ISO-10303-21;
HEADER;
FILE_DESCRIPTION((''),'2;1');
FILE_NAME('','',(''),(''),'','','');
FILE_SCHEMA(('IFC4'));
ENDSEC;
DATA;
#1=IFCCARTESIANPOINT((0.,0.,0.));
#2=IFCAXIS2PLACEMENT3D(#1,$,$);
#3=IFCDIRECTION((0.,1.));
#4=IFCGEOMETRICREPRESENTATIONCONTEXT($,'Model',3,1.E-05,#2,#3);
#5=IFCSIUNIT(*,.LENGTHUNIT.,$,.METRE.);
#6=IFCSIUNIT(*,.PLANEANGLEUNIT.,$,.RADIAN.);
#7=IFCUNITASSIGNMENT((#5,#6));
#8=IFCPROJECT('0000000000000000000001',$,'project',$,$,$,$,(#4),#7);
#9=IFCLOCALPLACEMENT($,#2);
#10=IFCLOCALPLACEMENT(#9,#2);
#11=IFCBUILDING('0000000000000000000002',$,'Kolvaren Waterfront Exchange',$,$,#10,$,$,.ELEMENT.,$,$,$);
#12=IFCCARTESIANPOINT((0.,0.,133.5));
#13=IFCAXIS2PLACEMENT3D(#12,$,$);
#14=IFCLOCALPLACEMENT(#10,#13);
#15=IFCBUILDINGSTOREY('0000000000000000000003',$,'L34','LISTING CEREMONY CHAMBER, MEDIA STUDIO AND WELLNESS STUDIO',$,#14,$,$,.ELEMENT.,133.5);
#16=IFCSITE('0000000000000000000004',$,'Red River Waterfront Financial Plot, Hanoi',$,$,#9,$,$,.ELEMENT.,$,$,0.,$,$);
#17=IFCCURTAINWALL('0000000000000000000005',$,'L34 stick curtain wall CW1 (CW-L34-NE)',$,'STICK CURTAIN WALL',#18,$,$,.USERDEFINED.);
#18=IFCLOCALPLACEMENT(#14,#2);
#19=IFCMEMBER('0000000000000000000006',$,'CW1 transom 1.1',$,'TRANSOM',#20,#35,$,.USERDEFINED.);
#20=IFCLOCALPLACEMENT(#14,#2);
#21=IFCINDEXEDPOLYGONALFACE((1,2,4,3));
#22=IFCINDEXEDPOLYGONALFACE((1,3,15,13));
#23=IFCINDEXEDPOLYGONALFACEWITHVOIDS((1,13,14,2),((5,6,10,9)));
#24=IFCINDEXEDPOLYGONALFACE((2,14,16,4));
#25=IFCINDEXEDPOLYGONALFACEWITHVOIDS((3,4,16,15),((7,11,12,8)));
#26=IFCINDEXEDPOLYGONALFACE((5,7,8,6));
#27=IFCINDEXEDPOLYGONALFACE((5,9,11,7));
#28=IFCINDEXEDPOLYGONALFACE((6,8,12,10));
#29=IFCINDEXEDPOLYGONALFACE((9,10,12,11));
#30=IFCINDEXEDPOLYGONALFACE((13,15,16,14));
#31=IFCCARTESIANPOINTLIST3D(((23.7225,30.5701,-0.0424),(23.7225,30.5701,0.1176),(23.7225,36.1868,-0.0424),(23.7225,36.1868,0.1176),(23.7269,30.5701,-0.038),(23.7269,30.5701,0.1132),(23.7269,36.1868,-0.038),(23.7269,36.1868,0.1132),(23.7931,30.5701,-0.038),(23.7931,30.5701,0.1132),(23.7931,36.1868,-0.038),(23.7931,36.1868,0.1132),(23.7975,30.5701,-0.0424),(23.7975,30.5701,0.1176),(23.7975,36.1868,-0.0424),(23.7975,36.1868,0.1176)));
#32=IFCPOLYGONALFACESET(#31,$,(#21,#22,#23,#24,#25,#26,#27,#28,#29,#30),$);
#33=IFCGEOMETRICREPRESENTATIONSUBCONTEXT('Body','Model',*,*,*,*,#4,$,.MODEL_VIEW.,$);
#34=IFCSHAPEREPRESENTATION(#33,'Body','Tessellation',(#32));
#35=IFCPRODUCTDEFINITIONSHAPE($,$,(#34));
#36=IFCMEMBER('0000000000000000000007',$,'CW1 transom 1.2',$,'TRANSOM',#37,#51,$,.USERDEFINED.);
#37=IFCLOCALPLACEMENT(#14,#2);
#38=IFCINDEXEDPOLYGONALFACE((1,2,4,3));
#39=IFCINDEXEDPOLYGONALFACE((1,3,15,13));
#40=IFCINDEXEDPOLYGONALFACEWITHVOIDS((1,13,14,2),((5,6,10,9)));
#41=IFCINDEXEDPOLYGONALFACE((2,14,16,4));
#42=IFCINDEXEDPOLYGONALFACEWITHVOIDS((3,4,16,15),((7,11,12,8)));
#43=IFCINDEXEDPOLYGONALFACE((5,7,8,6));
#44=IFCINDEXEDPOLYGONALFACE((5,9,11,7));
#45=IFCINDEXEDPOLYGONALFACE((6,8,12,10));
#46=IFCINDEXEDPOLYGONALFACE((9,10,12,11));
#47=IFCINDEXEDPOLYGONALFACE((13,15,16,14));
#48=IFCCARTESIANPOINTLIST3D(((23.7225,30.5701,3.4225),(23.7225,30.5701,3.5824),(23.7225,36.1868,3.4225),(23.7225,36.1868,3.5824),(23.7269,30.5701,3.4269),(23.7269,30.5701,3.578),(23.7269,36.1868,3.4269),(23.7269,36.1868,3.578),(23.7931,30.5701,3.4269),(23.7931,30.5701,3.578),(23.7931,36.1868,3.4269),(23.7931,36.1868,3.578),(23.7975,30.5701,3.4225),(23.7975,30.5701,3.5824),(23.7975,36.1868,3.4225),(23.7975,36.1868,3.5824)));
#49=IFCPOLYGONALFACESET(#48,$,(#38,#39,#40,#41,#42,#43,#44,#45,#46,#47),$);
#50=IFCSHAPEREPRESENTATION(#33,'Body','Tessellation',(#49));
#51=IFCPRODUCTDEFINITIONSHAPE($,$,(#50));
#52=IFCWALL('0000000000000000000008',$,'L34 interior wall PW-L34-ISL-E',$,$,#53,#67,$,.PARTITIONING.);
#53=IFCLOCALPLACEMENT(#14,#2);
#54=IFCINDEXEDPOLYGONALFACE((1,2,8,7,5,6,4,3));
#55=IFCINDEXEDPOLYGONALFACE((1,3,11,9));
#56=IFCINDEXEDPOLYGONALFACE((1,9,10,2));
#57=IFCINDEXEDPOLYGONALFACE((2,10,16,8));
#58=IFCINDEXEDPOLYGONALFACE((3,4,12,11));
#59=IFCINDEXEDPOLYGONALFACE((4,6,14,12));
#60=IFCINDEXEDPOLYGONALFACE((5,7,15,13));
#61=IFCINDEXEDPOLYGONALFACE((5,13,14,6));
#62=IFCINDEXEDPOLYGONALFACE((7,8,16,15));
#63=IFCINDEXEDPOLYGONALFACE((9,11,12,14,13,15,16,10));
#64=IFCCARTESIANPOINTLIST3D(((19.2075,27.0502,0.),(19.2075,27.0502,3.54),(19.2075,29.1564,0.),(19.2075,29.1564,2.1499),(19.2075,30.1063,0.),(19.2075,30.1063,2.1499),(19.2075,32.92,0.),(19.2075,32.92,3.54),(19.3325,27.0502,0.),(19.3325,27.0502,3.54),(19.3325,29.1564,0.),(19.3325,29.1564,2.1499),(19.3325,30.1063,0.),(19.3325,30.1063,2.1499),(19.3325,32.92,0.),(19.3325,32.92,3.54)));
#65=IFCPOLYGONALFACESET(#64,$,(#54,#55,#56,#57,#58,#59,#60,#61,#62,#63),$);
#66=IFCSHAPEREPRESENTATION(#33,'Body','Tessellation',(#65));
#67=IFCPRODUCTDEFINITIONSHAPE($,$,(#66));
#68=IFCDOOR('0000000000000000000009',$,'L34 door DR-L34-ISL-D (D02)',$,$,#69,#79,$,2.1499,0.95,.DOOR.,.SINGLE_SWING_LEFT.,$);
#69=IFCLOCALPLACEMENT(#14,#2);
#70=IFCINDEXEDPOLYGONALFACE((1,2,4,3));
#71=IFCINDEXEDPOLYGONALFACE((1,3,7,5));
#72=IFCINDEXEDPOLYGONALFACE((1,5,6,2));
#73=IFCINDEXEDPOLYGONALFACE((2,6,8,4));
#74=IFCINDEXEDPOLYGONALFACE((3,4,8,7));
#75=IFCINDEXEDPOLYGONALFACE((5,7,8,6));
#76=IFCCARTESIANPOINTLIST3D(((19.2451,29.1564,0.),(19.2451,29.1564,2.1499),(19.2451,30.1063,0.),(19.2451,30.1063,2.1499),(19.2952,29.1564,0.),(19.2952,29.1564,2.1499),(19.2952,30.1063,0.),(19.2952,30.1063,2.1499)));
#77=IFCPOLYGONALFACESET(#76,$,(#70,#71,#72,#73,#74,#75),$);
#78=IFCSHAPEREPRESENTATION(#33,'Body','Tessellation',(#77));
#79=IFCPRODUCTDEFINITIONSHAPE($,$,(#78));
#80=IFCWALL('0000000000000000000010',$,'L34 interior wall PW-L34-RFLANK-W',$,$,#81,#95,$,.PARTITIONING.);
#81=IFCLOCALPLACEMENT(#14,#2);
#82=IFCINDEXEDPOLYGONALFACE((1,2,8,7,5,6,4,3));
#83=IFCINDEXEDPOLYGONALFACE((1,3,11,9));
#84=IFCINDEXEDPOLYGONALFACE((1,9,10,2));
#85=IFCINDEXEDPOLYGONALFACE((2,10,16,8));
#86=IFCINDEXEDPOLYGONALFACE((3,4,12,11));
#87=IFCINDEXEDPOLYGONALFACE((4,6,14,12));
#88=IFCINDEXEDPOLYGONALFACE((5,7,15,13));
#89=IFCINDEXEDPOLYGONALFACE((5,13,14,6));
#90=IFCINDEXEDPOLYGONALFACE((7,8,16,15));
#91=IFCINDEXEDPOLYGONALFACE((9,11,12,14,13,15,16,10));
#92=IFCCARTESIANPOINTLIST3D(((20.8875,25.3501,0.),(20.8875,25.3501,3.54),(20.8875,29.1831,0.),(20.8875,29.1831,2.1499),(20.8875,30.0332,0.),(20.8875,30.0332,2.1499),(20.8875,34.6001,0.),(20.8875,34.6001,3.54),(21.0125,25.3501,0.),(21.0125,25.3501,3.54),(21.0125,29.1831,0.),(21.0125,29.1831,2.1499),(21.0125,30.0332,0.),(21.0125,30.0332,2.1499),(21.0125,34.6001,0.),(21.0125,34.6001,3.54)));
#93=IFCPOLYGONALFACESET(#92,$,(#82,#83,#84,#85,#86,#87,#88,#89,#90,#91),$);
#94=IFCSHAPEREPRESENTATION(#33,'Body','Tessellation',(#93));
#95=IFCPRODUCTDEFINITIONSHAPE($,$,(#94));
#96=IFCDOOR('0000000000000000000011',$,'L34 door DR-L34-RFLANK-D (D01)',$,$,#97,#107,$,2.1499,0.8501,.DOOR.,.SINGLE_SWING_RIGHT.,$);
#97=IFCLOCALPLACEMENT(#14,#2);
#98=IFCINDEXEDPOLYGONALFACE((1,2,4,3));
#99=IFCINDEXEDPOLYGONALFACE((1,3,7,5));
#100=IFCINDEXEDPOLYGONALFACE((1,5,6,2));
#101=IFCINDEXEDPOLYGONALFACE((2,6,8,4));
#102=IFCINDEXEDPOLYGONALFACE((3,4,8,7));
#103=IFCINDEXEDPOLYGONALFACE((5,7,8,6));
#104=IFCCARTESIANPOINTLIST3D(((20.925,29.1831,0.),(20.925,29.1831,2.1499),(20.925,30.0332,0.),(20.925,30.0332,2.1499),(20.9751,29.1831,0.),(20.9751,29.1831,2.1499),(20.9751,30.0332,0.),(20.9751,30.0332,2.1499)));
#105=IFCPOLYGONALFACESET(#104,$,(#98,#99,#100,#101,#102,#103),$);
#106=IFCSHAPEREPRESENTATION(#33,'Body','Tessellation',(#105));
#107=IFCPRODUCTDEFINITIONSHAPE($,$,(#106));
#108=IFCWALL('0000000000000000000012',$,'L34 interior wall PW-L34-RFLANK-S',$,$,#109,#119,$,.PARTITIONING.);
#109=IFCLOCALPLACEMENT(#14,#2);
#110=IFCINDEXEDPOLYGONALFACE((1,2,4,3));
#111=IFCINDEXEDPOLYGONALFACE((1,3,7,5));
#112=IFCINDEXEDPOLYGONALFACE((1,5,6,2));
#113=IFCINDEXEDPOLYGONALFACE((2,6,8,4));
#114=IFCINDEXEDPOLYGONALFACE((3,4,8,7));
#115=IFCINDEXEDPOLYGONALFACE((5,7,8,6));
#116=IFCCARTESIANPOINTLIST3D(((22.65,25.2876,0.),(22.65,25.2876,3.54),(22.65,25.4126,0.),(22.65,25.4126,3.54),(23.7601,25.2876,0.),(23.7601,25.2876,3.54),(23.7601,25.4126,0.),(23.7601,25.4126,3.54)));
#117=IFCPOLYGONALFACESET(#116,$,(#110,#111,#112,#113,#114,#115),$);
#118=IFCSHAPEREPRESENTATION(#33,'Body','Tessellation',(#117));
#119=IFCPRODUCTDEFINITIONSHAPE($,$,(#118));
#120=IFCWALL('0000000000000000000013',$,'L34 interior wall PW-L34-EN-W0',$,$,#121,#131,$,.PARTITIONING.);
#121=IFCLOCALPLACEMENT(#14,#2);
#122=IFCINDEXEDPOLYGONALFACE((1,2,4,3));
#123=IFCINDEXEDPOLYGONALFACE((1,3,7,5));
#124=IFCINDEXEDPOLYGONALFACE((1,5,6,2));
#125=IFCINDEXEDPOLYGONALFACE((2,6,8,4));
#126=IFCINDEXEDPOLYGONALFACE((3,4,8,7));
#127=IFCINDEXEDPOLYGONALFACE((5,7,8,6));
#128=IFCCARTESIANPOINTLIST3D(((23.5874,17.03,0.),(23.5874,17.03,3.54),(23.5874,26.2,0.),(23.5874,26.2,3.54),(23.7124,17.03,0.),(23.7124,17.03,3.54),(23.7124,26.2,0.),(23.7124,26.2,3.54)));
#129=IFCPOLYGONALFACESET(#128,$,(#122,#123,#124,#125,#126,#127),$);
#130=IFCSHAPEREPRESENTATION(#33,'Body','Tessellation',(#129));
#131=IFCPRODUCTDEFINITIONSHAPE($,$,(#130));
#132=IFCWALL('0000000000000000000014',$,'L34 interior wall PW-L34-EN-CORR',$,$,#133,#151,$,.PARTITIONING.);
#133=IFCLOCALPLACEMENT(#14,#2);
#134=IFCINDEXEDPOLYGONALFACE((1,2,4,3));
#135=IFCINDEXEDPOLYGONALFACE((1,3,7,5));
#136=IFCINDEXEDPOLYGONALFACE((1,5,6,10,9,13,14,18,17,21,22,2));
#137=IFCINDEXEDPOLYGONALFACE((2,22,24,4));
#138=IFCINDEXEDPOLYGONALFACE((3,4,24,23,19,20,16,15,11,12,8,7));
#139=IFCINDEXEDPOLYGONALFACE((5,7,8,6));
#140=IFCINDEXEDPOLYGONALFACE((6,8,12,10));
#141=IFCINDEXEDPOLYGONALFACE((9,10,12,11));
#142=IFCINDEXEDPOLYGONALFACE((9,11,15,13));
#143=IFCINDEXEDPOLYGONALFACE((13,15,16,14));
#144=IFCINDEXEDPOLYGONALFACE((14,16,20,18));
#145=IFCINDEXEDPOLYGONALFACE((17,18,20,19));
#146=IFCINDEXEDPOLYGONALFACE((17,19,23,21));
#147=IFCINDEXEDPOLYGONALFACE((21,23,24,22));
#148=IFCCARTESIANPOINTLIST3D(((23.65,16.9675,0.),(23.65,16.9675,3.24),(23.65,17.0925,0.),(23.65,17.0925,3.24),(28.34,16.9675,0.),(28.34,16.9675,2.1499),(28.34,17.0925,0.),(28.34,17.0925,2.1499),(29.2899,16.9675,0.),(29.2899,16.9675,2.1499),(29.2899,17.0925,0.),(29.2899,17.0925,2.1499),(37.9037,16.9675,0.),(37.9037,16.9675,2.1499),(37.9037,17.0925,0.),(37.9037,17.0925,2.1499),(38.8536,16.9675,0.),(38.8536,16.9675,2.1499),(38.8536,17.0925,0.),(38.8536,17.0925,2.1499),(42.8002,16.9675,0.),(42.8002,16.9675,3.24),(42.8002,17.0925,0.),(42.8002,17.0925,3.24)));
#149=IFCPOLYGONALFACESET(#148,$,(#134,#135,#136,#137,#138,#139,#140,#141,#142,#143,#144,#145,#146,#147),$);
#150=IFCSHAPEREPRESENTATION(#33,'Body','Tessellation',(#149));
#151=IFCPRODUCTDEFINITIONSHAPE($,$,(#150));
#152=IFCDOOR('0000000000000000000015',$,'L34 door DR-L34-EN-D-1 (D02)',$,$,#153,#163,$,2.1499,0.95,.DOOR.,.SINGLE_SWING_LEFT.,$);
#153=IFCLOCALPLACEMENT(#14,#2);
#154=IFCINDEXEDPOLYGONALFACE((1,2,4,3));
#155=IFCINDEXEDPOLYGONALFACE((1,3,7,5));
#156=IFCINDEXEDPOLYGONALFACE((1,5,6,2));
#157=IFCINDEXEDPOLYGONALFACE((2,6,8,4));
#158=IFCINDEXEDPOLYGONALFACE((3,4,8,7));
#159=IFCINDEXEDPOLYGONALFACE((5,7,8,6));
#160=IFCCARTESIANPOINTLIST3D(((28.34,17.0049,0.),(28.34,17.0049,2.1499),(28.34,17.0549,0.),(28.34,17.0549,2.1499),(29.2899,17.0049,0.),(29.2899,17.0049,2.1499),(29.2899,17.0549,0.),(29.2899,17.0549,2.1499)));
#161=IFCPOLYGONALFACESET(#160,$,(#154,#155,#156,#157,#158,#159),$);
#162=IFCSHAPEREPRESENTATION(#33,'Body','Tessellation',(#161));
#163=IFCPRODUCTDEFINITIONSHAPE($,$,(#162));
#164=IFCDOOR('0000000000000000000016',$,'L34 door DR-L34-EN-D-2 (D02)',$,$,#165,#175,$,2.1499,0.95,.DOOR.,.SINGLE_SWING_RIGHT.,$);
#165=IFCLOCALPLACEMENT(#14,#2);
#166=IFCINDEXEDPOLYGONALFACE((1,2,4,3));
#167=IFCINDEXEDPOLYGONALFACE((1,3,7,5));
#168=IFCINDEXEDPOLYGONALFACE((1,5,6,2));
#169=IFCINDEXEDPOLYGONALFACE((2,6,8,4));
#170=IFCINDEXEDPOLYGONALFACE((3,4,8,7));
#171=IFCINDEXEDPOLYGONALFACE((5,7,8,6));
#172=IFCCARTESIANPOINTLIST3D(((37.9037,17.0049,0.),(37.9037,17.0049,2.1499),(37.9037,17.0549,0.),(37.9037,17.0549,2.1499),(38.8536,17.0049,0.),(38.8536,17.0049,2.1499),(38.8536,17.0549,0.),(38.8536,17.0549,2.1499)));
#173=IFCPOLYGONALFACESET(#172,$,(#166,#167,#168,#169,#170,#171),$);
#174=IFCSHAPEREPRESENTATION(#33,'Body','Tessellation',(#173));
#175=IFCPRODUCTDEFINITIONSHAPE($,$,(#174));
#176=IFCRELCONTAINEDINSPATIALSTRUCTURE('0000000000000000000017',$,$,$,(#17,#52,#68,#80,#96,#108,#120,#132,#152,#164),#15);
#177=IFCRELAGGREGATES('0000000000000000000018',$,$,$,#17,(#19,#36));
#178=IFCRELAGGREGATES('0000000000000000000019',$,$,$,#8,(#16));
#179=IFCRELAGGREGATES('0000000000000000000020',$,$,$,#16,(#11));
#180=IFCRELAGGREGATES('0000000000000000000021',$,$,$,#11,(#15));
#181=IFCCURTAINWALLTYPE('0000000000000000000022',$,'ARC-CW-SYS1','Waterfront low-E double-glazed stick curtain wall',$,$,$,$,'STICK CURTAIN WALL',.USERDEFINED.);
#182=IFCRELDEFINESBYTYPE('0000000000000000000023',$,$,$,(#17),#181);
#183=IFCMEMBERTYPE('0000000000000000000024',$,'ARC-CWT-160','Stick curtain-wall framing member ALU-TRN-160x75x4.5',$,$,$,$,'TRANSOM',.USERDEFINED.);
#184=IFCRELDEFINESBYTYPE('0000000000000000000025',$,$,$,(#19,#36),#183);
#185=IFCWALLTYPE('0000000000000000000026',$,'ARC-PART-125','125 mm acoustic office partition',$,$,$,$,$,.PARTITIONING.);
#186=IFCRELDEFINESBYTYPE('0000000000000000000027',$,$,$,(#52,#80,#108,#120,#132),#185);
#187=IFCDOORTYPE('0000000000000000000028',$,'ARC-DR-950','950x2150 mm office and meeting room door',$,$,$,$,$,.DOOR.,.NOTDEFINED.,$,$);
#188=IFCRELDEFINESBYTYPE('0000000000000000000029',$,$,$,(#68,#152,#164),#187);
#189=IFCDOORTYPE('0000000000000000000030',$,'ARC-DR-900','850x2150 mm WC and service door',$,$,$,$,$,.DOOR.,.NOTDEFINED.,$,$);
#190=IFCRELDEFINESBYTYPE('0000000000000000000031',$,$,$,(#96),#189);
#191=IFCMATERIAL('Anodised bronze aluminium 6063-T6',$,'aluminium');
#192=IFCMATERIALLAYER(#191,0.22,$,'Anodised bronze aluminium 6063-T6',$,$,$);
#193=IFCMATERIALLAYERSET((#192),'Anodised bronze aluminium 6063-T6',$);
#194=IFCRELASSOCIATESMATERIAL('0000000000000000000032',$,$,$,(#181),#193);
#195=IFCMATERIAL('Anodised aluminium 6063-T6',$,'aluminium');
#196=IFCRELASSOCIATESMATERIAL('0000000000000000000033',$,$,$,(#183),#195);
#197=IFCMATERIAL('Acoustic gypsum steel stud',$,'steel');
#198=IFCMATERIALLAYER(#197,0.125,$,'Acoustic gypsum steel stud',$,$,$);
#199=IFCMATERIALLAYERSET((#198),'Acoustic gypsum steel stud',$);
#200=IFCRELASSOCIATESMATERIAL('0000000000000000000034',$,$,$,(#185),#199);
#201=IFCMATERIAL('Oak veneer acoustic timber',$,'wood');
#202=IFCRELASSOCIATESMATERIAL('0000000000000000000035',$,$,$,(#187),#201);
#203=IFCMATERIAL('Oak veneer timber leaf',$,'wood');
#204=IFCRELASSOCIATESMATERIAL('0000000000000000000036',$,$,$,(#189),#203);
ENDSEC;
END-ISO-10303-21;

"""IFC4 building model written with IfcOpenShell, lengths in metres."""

from ifc_helpers import new_model, si_unit, direction, frame, frame_2d, origin, origin_with_axes, origin_2d, place, context, subcontext, project, spatial, rectangle, hollow_rectangle, extrude, source, transform, mapped, material, layer, layer_set, material_profile, profile_set, type_object, element, fill, aggregate, save


model = new_model("IFC4")

# Units and contexts
model_context = context("Model", 3, precision=1e-05, world=origin(), true_north=direction((0.0, 1.0)))
body_context = subcontext(model_context, "Body", "Model", "MODEL_VIEW")
ifc_project = project(units=[si_unit("LENGTHUNIT", "METRE"), si_unit("PLANEANGLEUNIT", "RADIAN")], contexts=[model_context])

# Site, building, storey
site_placement = place(None, origin())
site = spatial("IfcSite", under=ifc_project, at=site_placement, Name="Red River Waterfront Financial Plot, Hanoi", CompositionType="ELEMENT", RefElevation=0.0)
building_placement = place(site_placement, origin())
building = spatial("IfcBuilding", under=site, at=building_placement, Name="Kolvaren Waterfront Exchange", CompositionType="ELEMENT")
storey_placement = place(building_placement, frame((0.0, 0.0, 133.5)))
storey = spatial("IfcBuildingStorey", under=building, at=storey_placement, Name="L34", Description="LISTING CEREMONY CHAMBER, MEDIA STUDIO AND WELLNESS STUDIO", CompositionType="ELEMENT", Elevation=133.5)

# Curtain wall, members
ifc_material_1 = material(Name="Anodised bronze aluminium 6063-T6", Category="aluminium")
ifc_layer_1 = layer(ifc_material_1, 0.22, Name="Anodised bronze aluminium 6063-T6")
ifc_layer_set_1 = layer_set([ifc_layer_1], Name="Anodised bronze aluminium 6063-T6")
curtain_wall_type = type_object("IfcCurtainWallType", Name="ARC-CW-SYS1", Description="Waterfront low-E double-glazed stick curtain wall", ElementType="STICK CURTAIN WALL", PredefinedType="USERDEFINED", material=ifc_layer_set_1)
curtain_wall_placement = place(storey_placement, origin())
curtain_wall = element("IfcCurtainWall", 1, at=curtain_wall_placement, inside=storey, type_object=curtain_wall_type, Name="L34 stick curtain wall CW1 (CW-L34-NE)", ObjectType="STICK CURTAIN WALL", PredefinedType="USERDEFINED")
ifc_material_2 = material(Name="Anodised aluminium 6063-T6", Category="aluminium")
ifc_material_profile_1 = material_profile(ifc_material_2, hollow_rectangle(XDim=0.075, YDim=0.1599, WallThickness=0.0044, at=origin_2d()), Name="ALU-TRN-160x75x4.5")
ifc_profile_set_1 = profile_set([ifc_material_profile_1], Name="Anodised aluminium 6063-T6")
member_type_1 = type_object("IfcMemberType", Name="ARC-CWT-160", Description="Stick curtain-wall framing member ALU-TRN-160x75x4.5", ElementType="TRANSOM", PredefinedType="USERDEFINED", material=ifc_profile_set_1)
shared_shape_1 = source(origin_with_axes(), body_context, "Body", "SweptSolid", [
    extrude(hollow_rectangle(XDim=0.075, YDim=0.1599, WallThickness=0.0044, at=origin_2d()), origin(), (0.0, 0.0, 1.0), 5.6167),
])
member_1_placement = place(storey_placement, frame((23.76, 30.5701, 0.0376), z_axis=(0.0, 1.0, 0.0), x_axis=(-1.0, 0.0, 0.0)))
member_1 = element("IfcMember", 2, at=member_1_placement, type_object=member_type_1, Name="CW1 transom 1.1", ObjectType="TRANSOM", PredefinedType="USERDEFINED", context=body_context, shape_type="MappedRepresentation", body=[
    mapped(shared_shape_1, transform((0.0, 0.0, 0.0), x_axis=(1.0, 0.0, 0.0), y_axis=(0.0, 1.0, 0.0), z_axis=(0.0, 0.0, 1.0), scale=1.0)),
])
member_2_placement = place(storey_placement, frame((23.76, 30.5701, 3.5024), z_axis=(0.0, 1.0, 0.0), x_axis=(-1.0, 0.0, 0.0)))
member_2 = element("IfcMember", 3, at=member_2_placement, type_object=member_type_1, Name="CW1 transom 1.2", ObjectType="TRANSOM", PredefinedType="USERDEFINED", context=body_context, shape_type="MappedRepresentation", body=[
    mapped(shared_shape_1, transform((0.0, 0.0, 0.0), x_axis=(1.0, 0.0, 0.0), y_axis=(0.0, 1.0, 0.0), z_axis=(0.0, 0.0, 1.0), scale=1.0)),
])
aggregate(curtain_wall, [member_1, member_2])

# Walls, openings, doors
ifc_material_3 = material(Name="Acoustic gypsum steel stud", Category="steel")
ifc_layer_2 = layer(ifc_material_3, 0.125, Name="Acoustic gypsum steel stud")
ifc_layer_set_2 = layer_set([ifc_layer_2], Name="Acoustic gypsum steel stud")
wall_type_1 = type_object("IfcWallType", Name="ARC-PART-125", Description="125 mm acoustic office partition", PredefinedType="PARTITIONING", material=ifc_layer_set_2)
wall_1_placement = place(storey_placement, frame((19.27, 27.05, 0.0), z_axis=(0.0, 0.0, 1.0), x_axis=(0.0, 1.0, 0.0)))
wall_1 = element("IfcWall", 4, at=wall_1_placement, inside=storey, type_object=wall_type_1, Name="L34 interior wall PW-L34-ISL-E", PredefinedType="PARTITIONING", context=body_context, shape_type="SweptSolid", body=[
    extrude(rectangle(XDim=5.8699, YDim=0.125, at=frame_2d((2.9351, 0.0))), origin(), (0.0, 0.0, 1.0), 3.54),
])
opening_1_placement = place(wall_1_placement, frame((2.1062, 0.0, 0.0)))
opening_1 = element("IfcOpeningElement", 5, at=opening_1_placement, cuts=wall_1, PredefinedType="OPENING", context=body_context, shape_type="SweptSolid", body=[
    extrude(rectangle(XDim=0.95, YDim=2.1499, at=frame_2d((0.4751, 1.075))), frame((0.0, 0.0725, 0.0), z_axis=(0.0, -1.0, 0.0), x_axis=(1.0, 0.0, 0.0)), (0.0, 0.0, 1.0), 0.145),
])
ifc_material_4 = material(Name="Oak veneer acoustic timber", Category="wood")
door_type_1 = type_object("IfcDoorType", Name="ARC-DR-950", Description="950x2150 mm office and meeting room door", OperationType="NOTDEFINED", PredefinedType="DOOR", material=ifc_material_4)
door_1_placement = place(opening_1_placement, origin())
door_1 = element("IfcDoor", 6, at=door_1_placement, inside=storey, type_object=door_type_1, Name="L34 door DR-L34-ISL-D (D02)", OperationType="SINGLE_SWING_LEFT", OverallHeight=2.1499, OverallWidth=0.95, PredefinedType="DOOR", context=body_context, shape_type="SweptSolid", body=[
    extrude(rectangle(XDim=0.95, YDim=2.1499, at=frame_2d((0.4751, 1.075))), frame((0.0, 0.0249, 0.0), z_axis=(0.0, -1.0, 0.0), x_axis=(1.0, 0.0, 0.0)), (0.0, 0.0, 1.0), 0.05),
])
fill(opening_1, door_1)
wall_2_placement = place(storey_placement, frame((20.95, 25.3501, 0.0), z_axis=(0.0, 0.0, 1.0), x_axis=(0.0, 1.0, 0.0)))
wall_2 = element("IfcWall", 7, at=wall_2_placement, inside=storey, type_object=wall_type_1, Name="L34 interior wall PW-L34-RFLANK-W", PredefinedType="PARTITIONING", context=body_context, shape_type="SweptSolid", body=[
    extrude(rectangle(XDim=9.25, YDim=0.125, at=frame_2d((4.625, 0.0))), origin(), (0.0, 0.0, 1.0), 3.54),
])
opening_2_placement = place(wall_2_placement, frame((3.833, 0.0, 0.0)))
opening_2 = element("IfcOpeningElement", 8, at=opening_2_placement, cuts=wall_2, PredefinedType="OPENING", context=body_context, shape_type="SweptSolid", body=[
    extrude(rectangle(XDim=0.8501, YDim=2.1499, at=frame_2d((0.425, 1.075))), frame((0.0, 0.0725, 0.0), z_axis=(0.0, -1.0, 0.0), x_axis=(1.0, 0.0, 0.0)), (0.0, 0.0, 1.0), 0.145),
])
ifc_material_5 = material(Name="Oak veneer timber leaf", Category="wood")
door_type_2 = type_object("IfcDoorType", Name="ARC-DR-900", Description="850x2150 mm WC and service door", OperationType="NOTDEFINED", PredefinedType="DOOR", material=ifc_material_5)
door_2_placement = place(opening_2_placement, origin())
door_2 = element("IfcDoor", 9, at=door_2_placement, inside=storey, type_object=door_type_2, Name="L34 door DR-L34-RFLANK-D (D01)", OperationType="SINGLE_SWING_RIGHT", OverallHeight=2.1499, OverallWidth=0.8501, PredefinedType="DOOR", context=body_context, shape_type="SweptSolid", body=[
    extrude(rectangle(XDim=0.8501, YDim=2.1499, at=frame_2d((0.425, 1.075))), frame((0.0, 0.0249, 0.0), z_axis=(0.0, -1.0, 0.0), x_axis=(1.0, 0.0, 0.0)), (0.0, 0.0, 1.0), 0.05),
])
fill(opening_2, door_2)

# Walls
wall_3_placement = place(storey_placement, frame((22.6499, 25.3501, 0.0), z_axis=(0.0, 0.0, 1.0), x_axis=(1.0, 0.0, 0.0)))
element("IfcWall", 10, at=wall_3_placement, inside=storey, type_object=wall_type_1, Name="L34 interior wall PW-L34-RFLANK-S", PredefinedType="PARTITIONING", context=body_context, shape_type="SweptSolid", body=[
    extrude(rectangle(XDim=1.1101, YDim=0.125, at=frame_2d((0.5552, 0.0))), origin(), (0.0, 0.0, 1.0), 3.54),
])
wall_4_placement = place(storey_placement, frame((23.6499, 17.03, 0.0), z_axis=(0.0, 0.0, 1.0), x_axis=(0.0, 1.0, 0.0)))
element("IfcWall", 11, at=wall_4_placement, inside=storey, type_object=wall_type_1, Name="L34 interior wall PW-L34-EN-W0", PredefinedType="PARTITIONING", context=body_context, shape_type="SweptSolid", body=[
    extrude(rectangle(XDim=9.1699, YDim=0.125, at=frame_2d((4.585, 0.0))), origin(), (0.0, 0.0, 1.0), 3.54),
])

# Wall, openings, doors
wall_5_placement = place(storey_placement, frame((23.6499, 17.03, 0.0), z_axis=(0.0, 0.0, 1.0), x_axis=(1.0, 0.0, 0.0)))
wall_5 = element("IfcWall", 12, at=wall_5_placement, inside=storey, type_object=wall_type_1, Name="L34 interior wall PW-L34-EN-CORR", PredefinedType="PARTITIONING", context=body_context, shape_type="SweptSolid", body=[
    extrude(rectangle(XDim=19.1501, YDim=0.125, at=frame_2d((9.5752, 0.0))), origin(), (0.0, 0.0, 1.0), 3.24),
])
opening_3_placement = place(wall_5_placement, frame((4.6899, 0.0, 0.0)))
opening_3 = element("IfcOpeningElement", 13, at=opening_3_placement, cuts=wall_5, PredefinedType="OPENING", context=body_context, shape_type="SweptSolid", body=[
    extrude(rectangle(XDim=0.95, YDim=2.1499, at=frame_2d((0.4751, 1.075))), frame((0.0, 0.0725, 0.0), z_axis=(0.0, -1.0, 0.0), x_axis=(1.0, 0.0, 0.0)), (0.0, 0.0, 1.0), 0.145),
])
opening_4_placement = place(wall_5_placement, frame((14.2537, 0.0, 0.0)))
opening_4 = element("IfcOpeningElement", 14, at=opening_4_placement, cuts=wall_5, PredefinedType="OPENING", context=body_context, shape_type="SweptSolid", body=[
    extrude(rectangle(XDim=0.95, YDim=2.1499, at=frame_2d((0.4751, 1.075))), frame((0.0, 0.0725, 0.0), z_axis=(0.0, -1.0, 0.0), x_axis=(1.0, 0.0, 0.0)), (0.0, 0.0, 1.0), 0.145),
])
door_3_placement = place(opening_3_placement, origin())
door_3 = element("IfcDoor", 15, at=door_3_placement, inside=storey, type_object=door_type_1, Name="L34 door DR-L34-EN-D-1 (D02)", OperationType="SINGLE_SWING_LEFT", OverallHeight=2.1499, OverallWidth=0.95, PredefinedType="DOOR", context=body_context, shape_type="SweptSolid", body=[
    extrude(rectangle(XDim=0.95, YDim=2.1499, at=frame_2d((0.4751, 1.075))), frame((0.0, 0.0249, 0.0), z_axis=(0.0, -1.0, 0.0), x_axis=(1.0, 0.0, 0.0)), (0.0, 0.0, 1.0), 0.05),
])
fill(opening_3, door_3)
door_4_placement = place(opening_4_placement, origin())
door_4 = element("IfcDoor", 16, at=door_4_placement, inside=storey, type_object=door_type_1, Name="L34 door DR-L34-EN-D-2 (D02)", OperationType="SINGLE_SWING_RIGHT", OverallHeight=2.1499, OverallWidth=0.95, PredefinedType="DOOR", context=body_context, shape_type="SweptSolid", body=[
    extrude(rectangle(XDim=0.95, YDim=2.1499, at=frame_2d((0.4751, 1.075))), frame((0.0, 0.0249, 0.0), z_axis=(0.0, -1.0, 0.0), x_axis=(1.0, 0.0, 0.0)), (0.0, 0.0, 1.0), 0.05),
])
fill(opening_4, door_4)

save(model, "model.ifc")
